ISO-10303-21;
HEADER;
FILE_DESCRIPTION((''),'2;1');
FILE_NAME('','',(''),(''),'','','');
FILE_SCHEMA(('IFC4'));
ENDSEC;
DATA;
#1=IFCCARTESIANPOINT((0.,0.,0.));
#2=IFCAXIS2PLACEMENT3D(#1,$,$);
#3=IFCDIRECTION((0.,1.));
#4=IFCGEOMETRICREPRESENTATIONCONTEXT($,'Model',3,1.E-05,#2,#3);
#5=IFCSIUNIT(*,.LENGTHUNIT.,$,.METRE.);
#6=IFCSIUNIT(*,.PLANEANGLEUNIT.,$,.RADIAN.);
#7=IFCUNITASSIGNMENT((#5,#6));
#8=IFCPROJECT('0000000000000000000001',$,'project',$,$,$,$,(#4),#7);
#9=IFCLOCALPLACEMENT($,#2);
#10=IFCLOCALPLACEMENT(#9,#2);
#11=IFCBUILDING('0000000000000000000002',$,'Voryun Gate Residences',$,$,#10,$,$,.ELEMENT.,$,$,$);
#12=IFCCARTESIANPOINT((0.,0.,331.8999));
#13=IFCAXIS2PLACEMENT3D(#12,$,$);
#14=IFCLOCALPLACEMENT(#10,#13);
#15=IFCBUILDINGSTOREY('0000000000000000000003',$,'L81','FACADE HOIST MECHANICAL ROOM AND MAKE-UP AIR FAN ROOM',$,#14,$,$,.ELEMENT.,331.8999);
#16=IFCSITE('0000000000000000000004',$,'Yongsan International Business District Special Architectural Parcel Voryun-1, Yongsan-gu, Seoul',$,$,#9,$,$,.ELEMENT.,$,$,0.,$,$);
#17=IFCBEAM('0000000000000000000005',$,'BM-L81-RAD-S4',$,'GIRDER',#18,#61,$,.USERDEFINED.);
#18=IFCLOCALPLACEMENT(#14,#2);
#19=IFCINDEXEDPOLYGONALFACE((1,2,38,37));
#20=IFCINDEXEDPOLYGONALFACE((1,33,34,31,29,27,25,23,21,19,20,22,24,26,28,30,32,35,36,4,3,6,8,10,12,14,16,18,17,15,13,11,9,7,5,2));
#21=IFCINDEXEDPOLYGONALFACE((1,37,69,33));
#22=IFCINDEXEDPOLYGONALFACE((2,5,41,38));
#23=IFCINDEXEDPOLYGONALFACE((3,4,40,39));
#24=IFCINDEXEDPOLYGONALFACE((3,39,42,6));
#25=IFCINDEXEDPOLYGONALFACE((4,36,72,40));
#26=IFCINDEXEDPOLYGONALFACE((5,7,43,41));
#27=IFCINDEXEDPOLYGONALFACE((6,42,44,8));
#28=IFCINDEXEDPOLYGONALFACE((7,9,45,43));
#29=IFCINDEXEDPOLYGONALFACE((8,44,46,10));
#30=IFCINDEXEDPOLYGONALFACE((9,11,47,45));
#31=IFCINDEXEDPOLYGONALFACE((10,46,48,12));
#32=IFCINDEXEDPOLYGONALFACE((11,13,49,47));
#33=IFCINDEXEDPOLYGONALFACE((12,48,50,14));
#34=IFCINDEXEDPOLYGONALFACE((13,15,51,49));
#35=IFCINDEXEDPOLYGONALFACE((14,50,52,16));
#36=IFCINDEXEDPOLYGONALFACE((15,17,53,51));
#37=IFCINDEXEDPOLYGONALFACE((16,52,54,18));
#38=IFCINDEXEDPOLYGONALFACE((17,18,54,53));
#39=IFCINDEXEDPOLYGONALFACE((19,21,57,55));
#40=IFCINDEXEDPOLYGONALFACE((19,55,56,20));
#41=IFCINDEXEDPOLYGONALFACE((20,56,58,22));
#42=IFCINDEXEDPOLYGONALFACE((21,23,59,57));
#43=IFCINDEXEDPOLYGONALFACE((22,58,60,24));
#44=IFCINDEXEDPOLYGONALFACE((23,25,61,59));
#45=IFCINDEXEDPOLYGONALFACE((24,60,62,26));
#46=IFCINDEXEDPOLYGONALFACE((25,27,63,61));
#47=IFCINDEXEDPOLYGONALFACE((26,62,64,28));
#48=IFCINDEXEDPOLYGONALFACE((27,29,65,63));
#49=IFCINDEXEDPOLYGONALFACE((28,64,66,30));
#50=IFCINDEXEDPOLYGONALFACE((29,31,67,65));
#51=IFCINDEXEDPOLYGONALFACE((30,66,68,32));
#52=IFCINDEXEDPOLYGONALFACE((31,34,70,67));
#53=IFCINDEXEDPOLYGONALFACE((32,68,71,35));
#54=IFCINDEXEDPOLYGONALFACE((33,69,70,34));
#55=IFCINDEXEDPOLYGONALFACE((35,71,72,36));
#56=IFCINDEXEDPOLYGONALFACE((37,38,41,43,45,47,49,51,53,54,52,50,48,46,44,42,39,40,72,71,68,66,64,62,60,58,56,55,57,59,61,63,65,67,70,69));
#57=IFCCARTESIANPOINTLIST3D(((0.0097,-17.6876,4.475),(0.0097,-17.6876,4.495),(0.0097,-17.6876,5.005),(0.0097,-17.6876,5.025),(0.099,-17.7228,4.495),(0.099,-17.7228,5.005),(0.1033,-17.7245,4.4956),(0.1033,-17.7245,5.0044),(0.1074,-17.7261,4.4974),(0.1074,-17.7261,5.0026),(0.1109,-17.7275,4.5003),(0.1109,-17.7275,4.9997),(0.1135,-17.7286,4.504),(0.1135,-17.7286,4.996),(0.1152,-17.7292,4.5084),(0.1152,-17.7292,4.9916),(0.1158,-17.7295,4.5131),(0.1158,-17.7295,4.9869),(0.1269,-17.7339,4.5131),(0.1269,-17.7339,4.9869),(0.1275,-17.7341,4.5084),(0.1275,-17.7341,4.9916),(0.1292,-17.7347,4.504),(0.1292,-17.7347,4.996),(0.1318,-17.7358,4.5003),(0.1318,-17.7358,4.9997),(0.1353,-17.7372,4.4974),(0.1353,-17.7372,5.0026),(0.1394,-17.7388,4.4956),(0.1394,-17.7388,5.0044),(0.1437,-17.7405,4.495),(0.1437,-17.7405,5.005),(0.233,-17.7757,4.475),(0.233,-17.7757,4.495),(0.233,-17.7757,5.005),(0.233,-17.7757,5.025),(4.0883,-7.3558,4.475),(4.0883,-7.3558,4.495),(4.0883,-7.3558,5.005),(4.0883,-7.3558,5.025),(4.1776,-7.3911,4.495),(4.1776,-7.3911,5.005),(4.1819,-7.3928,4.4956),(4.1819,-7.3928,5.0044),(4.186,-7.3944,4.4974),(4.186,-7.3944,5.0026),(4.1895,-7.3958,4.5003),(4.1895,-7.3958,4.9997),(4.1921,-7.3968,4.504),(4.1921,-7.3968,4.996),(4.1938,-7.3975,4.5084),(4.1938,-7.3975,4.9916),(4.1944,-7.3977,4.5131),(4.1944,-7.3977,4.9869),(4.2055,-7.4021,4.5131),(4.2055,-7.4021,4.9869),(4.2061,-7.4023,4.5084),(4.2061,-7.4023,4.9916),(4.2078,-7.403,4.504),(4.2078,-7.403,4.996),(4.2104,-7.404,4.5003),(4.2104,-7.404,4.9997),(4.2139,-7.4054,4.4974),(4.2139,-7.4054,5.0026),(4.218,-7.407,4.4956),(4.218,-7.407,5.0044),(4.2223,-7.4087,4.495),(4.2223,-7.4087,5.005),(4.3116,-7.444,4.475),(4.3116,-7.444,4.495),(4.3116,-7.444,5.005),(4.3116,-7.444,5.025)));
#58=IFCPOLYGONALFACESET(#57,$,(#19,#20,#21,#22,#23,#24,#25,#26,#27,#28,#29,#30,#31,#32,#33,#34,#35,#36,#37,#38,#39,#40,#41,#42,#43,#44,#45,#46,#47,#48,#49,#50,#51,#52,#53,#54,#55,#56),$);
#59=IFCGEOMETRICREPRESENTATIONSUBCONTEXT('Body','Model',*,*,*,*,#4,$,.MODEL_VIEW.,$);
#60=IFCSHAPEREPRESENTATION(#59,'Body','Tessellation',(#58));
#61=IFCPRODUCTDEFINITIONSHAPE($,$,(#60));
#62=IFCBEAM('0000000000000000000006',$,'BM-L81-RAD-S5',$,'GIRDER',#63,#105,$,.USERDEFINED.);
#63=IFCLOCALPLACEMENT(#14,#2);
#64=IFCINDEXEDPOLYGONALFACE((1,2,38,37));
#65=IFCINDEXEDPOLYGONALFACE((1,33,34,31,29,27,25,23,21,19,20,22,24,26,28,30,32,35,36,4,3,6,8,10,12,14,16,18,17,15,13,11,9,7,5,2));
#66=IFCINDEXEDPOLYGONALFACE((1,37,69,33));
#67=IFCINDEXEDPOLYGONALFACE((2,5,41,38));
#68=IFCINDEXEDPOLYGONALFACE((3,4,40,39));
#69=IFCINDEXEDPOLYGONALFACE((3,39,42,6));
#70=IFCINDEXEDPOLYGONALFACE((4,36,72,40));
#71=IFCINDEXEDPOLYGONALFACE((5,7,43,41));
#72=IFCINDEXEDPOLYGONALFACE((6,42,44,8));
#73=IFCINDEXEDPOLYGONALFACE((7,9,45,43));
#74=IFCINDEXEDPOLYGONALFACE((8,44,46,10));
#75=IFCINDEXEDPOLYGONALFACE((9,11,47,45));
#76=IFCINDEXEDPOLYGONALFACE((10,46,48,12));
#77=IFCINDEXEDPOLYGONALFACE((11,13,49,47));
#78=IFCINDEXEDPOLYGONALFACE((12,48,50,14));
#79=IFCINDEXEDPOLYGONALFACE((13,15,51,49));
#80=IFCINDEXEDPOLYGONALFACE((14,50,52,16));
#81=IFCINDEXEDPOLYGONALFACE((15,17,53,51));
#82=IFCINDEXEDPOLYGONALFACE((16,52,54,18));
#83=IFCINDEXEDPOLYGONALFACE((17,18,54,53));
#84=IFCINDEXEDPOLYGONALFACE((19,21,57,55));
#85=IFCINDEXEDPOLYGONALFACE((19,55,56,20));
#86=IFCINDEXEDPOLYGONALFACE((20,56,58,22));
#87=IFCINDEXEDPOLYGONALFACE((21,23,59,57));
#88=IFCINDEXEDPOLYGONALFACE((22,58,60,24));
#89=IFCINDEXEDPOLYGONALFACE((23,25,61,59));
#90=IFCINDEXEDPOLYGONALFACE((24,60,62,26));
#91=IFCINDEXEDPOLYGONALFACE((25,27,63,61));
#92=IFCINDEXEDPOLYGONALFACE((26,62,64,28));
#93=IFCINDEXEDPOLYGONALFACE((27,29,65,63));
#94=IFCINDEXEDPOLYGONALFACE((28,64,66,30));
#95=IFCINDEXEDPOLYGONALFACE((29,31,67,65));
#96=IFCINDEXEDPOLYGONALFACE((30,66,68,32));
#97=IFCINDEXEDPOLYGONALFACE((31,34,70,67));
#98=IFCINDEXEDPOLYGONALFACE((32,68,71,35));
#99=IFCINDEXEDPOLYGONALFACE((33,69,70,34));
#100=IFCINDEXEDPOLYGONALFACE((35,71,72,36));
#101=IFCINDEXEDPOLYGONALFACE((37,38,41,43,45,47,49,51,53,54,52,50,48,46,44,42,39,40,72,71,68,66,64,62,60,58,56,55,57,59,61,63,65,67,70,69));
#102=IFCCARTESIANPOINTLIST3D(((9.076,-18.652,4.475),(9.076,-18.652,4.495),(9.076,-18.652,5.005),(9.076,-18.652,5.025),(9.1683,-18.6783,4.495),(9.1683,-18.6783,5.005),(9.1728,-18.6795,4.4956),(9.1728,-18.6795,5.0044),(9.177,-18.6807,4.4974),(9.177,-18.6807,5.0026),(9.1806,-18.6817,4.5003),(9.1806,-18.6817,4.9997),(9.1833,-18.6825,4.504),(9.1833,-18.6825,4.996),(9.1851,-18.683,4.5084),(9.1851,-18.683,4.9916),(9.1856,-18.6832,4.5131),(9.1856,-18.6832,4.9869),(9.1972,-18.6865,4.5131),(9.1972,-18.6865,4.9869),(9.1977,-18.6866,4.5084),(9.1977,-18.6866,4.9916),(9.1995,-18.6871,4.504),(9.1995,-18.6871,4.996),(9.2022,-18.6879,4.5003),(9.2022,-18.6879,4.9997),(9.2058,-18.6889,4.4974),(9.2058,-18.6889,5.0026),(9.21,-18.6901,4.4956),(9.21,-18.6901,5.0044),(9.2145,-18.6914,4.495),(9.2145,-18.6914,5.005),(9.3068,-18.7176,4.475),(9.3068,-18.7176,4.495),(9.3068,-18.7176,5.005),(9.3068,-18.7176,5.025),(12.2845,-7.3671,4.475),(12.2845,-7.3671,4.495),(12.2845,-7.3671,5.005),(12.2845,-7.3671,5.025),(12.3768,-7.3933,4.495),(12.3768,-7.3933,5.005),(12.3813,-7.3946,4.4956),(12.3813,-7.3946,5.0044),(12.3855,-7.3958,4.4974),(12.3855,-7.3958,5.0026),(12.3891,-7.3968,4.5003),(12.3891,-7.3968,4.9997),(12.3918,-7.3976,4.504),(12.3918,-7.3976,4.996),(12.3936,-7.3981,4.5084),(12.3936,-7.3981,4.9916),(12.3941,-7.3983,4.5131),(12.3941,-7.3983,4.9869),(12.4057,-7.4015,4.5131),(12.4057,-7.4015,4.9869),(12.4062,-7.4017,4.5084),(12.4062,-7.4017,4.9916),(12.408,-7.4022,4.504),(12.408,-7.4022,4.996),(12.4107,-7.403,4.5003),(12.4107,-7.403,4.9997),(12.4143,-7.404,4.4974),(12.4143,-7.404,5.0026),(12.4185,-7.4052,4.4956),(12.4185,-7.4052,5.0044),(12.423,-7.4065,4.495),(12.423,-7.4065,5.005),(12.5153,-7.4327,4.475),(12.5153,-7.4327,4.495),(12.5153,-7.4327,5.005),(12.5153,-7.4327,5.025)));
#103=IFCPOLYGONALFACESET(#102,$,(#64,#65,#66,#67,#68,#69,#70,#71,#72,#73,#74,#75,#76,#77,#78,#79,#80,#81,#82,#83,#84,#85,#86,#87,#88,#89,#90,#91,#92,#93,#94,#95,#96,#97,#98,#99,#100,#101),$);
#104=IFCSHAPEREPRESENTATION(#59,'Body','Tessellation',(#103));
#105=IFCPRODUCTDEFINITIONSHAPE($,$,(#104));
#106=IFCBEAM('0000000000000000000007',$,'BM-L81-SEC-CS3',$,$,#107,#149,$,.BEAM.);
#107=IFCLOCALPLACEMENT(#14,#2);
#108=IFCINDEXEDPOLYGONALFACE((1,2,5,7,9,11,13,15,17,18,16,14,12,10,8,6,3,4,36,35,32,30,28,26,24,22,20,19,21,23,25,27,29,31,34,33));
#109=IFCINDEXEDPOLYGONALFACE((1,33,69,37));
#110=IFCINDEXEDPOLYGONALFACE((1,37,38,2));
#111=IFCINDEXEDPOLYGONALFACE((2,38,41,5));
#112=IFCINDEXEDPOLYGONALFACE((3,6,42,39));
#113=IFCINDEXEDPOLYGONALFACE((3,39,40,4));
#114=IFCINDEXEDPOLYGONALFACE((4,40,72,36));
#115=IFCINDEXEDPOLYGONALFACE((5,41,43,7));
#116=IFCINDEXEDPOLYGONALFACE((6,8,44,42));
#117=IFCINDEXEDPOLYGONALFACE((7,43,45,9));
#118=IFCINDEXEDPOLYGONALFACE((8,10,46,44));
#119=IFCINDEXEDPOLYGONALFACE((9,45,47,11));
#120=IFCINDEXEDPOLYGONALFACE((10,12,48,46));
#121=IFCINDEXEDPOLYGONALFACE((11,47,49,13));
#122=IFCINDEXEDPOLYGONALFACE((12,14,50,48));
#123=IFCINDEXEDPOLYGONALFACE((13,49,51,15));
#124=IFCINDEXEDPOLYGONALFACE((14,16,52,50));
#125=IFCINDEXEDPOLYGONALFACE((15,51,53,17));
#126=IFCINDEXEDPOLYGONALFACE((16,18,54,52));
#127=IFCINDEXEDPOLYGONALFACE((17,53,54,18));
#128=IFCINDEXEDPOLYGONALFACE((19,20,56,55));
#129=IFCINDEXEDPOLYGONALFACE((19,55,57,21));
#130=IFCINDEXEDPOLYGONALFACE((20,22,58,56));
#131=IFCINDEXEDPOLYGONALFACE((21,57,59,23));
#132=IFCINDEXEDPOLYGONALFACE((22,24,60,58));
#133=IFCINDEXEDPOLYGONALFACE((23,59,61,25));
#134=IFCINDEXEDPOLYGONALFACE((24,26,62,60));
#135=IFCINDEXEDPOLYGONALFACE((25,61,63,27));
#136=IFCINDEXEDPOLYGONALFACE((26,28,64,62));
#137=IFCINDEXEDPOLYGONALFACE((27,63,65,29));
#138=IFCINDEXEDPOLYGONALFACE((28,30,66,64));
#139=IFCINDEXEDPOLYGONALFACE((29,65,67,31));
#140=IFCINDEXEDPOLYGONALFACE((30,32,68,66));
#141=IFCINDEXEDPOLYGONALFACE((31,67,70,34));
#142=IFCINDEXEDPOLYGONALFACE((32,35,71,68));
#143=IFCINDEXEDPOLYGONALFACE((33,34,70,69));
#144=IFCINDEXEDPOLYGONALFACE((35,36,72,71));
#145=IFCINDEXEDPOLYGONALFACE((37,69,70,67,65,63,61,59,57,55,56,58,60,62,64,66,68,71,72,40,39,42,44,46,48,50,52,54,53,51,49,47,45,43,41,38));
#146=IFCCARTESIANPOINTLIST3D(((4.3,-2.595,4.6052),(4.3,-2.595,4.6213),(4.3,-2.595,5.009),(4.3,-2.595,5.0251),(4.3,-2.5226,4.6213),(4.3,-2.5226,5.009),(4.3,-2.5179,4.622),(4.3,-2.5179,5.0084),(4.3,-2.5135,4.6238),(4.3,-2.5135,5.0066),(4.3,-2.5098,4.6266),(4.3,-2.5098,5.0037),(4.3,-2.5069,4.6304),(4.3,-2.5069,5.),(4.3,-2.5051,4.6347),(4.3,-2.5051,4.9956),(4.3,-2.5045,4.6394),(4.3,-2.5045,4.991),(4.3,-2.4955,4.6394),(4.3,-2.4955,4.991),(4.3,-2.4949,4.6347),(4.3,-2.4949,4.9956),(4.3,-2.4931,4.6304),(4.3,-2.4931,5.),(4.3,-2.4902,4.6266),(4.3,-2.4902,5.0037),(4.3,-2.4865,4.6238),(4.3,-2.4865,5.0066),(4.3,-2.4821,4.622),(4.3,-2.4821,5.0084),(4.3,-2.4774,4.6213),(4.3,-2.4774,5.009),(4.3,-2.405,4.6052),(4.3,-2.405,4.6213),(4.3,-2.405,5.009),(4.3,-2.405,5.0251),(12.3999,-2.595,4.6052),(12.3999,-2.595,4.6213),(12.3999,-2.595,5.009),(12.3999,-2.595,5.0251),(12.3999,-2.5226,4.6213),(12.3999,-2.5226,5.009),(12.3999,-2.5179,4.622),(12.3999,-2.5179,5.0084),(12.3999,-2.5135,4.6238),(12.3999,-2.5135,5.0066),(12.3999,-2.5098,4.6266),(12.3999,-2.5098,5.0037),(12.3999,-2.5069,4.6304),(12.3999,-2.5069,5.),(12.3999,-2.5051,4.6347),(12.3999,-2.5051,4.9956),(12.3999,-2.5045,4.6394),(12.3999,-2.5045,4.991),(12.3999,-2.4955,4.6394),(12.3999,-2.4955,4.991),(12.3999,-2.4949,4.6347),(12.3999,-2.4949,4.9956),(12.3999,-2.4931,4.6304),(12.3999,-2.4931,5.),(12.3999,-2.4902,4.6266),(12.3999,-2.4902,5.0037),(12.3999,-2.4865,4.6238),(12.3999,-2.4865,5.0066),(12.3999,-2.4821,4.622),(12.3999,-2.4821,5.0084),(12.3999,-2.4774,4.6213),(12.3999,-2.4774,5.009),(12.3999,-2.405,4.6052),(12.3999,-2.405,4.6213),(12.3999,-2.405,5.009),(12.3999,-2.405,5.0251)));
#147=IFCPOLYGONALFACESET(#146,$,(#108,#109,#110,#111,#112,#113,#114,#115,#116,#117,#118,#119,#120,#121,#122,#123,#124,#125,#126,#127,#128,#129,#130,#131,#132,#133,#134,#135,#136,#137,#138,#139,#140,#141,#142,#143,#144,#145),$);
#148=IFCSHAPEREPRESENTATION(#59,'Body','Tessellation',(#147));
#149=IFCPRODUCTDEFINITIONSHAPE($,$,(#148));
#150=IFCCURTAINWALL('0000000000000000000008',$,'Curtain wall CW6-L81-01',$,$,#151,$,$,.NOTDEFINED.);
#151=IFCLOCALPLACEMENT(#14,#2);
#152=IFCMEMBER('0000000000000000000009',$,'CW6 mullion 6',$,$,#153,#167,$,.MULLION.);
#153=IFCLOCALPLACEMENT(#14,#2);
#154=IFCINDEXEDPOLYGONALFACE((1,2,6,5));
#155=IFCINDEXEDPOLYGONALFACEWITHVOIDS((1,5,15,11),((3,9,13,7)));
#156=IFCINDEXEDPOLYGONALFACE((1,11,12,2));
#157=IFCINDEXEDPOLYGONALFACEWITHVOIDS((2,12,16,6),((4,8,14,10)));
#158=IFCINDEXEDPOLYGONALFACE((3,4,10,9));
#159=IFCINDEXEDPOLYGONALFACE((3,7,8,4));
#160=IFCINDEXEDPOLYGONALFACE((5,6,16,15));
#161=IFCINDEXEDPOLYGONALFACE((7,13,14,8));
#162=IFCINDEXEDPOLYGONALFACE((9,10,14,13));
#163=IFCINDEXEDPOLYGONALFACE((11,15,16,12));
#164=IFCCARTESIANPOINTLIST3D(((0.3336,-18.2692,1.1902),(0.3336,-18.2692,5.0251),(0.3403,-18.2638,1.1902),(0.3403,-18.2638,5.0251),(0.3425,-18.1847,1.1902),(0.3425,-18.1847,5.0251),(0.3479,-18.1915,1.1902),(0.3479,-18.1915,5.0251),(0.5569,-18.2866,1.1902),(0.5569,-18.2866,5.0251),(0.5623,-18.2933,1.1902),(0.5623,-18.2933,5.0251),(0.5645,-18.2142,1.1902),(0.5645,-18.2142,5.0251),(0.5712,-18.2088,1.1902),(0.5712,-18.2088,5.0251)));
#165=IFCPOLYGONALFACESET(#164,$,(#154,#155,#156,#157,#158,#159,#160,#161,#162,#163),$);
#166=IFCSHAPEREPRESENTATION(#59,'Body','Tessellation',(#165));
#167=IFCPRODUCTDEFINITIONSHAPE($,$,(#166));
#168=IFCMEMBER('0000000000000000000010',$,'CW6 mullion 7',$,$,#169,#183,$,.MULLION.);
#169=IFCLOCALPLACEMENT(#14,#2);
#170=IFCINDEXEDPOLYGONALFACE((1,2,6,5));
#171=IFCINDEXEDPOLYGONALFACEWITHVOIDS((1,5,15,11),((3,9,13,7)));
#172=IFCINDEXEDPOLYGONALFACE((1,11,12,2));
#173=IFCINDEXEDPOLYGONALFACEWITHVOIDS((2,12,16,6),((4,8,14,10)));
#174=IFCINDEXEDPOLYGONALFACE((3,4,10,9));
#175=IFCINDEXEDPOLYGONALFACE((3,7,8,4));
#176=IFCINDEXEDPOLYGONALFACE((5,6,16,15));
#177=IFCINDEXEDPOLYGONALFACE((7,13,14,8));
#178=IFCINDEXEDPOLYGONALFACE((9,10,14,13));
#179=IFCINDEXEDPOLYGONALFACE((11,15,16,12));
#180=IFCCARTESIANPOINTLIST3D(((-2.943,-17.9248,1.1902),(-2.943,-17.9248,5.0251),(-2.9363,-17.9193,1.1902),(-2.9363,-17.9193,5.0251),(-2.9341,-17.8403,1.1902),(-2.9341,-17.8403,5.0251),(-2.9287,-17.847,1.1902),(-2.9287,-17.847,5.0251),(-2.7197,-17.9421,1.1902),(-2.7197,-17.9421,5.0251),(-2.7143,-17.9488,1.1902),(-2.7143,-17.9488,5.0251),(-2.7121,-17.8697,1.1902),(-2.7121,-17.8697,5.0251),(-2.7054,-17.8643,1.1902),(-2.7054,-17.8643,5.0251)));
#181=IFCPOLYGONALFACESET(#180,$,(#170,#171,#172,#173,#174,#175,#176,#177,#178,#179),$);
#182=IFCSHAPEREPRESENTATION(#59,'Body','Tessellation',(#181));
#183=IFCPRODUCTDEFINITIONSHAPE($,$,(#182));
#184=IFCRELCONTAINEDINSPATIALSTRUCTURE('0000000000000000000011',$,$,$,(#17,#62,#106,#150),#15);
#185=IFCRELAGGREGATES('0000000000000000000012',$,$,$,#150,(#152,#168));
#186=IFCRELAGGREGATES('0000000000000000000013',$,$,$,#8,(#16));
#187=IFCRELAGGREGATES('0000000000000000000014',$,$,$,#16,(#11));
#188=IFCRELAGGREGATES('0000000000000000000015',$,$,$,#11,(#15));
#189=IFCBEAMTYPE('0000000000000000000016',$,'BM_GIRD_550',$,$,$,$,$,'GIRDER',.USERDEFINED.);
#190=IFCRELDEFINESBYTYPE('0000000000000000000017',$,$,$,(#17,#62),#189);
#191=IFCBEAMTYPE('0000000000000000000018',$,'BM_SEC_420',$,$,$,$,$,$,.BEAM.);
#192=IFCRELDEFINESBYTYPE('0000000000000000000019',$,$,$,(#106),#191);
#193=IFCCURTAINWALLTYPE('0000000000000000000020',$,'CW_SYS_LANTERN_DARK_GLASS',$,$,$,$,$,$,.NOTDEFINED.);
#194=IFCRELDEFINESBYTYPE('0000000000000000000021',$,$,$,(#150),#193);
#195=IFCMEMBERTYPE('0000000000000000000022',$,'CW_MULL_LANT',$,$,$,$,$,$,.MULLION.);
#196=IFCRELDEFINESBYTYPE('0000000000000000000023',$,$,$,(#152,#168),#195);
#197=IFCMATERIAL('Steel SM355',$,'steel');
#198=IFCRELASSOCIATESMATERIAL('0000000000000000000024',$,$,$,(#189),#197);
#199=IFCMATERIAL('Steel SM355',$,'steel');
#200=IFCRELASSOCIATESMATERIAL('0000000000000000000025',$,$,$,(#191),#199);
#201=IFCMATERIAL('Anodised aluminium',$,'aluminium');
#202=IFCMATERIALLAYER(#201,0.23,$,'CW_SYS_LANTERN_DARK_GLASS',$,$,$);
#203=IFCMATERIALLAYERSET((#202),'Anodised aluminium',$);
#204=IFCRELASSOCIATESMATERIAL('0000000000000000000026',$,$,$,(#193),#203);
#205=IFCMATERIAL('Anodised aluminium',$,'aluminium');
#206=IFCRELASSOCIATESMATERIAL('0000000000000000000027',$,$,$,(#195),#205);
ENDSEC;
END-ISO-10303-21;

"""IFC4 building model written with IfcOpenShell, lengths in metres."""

from ifc_helpers import new_model, si_unit, direction, frame, origin, origin_2d, place, context, subcontext, project, spatial, hollow_rectangle, i_section, extrude, material, layer, layer_set, material_profile, profile_set, type_object, element, aggregate, save


model = new_model("IFC4")

# Units and contexts
model_context = context("Model", 3, precision=1e-05, world=origin(), true_north=direction((0.0, 1.0)))
body_context = subcontext(model_context, "Body", "Model", "MODEL_VIEW")
ifc_project = project(units=[si_unit("LENGTHUNIT", "METRE"), si_unit("PLANEANGLEUNIT", "RADIAN")], contexts=[model_context])

# Site, building, storey
site_placement = place(None, origin())
site = spatial("IfcSite", under=ifc_project, at=site_placement, Name="Yongsan International Business District Special Architectural Parcel Voryun-1, Yongsan-gu, Seoul", CompositionType="ELEMENT", RefElevation=0.0)
building_placement = place(site_placement, origin())
building = spatial("IfcBuilding", under=site, at=building_placement, Name="Voryun Gate Residences", CompositionType="ELEMENT")
storey_placement = place(building_placement, frame((0.0, 0.0, 331.8999)))
storey = spatial("IfcBuildingStorey", under=building, at=storey_placement, Name="L81", Description="FACADE HOIST MECHANICAL ROOM AND MAKE-UP AIR FAN ROOM", CompositionType="ELEMENT", Elevation=331.8999)

# Beams
ifc_material_1 = material(Name="Steel SM355", Category="steel")
ifc_material_profile_1 = material_profile(ifc_material_1, i_section(OverallWidth=0.24, OverallDepth=0.55, WebThickness=0.012, FlangeThickness=0.02, FilletRadius=0.0181, at=origin_2d()), Name="H-550x240x12x20")
ifc_profile_set_1 = profile_set([ifc_material_profile_1], Name="Steel SM355")
beam_type_1 = type_object("IfcBeamType", Name="BM_GIRD_550", ElementType="GIRDER", PredefinedType="USERDEFINED", material=ifc_profile_set_1)
beam_1_placement = place(storey_placement, frame((4.2, -7.3999, 4.75), z_axis=(-0.367188, -0.930147, 0.0), x_axis=(0.930147, -0.367188, 0.0)))
element("IfcBeam", 1, at=beam_1_placement, inside=storey, type_object=beam_type_1, Name="BM-L81-RAD-S4", ObjectType="GIRDER", PredefinedType="USERDEFINED", context=body_context, shape_type="SweptSolid", body=[
    extrude(i_section(OverallWidth=0.24, OverallDepth=0.55, WebThickness=0.012, FlangeThickness=0.02, FilletRadius=0.0181, at=origin_2d()), origin(), (0.0, 0.0, 1.0), 11.1077),
])
beam_2_placement = place(storey_placement, frame((12.3999, -7.3999, 4.75), z_axis=(-0.273479, -0.961878, 0.0), x_axis=(0.961878, -0.273479, 0.0)))
element("IfcBeam", 2, at=beam_2_placement, inside=storey, type_object=beam_type_1, Name="BM-L81-RAD-S5", ObjectType="GIRDER", PredefinedType="USERDEFINED", context=body_context, shape_type="SweptSolid", body=[
    extrude(i_section(OverallWidth=0.24, OverallDepth=0.55, WebThickness=0.012, FlangeThickness=0.02, FilletRadius=0.0181, at=origin_2d()), origin(), (0.0, 0.0, 1.0), 11.7322),
])
ifc_material_2 = material(Name="Steel SM355", Category="steel")
ifc_material_profile_2 = material_profile(ifc_material_2, i_section(OverallWidth=0.1899, OverallDepth=0.4199, WebThickness=0.009, FlangeThickness=0.0161, FilletRadius=0.0181, at=origin_2d()), Name="H-420x190x9x16")
ifc_profile_set_2 = profile_set([ifc_material_profile_2], Name="Steel SM355")
beam_type_2 = type_object("IfcBeamType", Name="BM_SEC_420", PredefinedType="BEAM", material=ifc_profile_set_2)
beam_3_placement = place(storey_placement, frame((4.3, -2.5, 4.8152), z_axis=(1.0, 0.0, 0.0), x_axis=(0.0, 1.0, 0.0)))
element("IfcBeam", 3, at=beam_3_placement, inside=storey, type_object=beam_type_2, Name="BM-L81-SEC-CS3", PredefinedType="BEAM", context=body_context, shape_type="SweptSolid", body=[
    extrude(i_section(OverallWidth=0.1899, OverallDepth=0.4199, WebThickness=0.009, FlangeThickness=0.0161, FilletRadius=0.0181, at=origin_2d()), origin(), (0.0, 0.0, 1.0), 8.0999),
])

# Curtain wall, members
ifc_material_3 = material(Name="Anodised aluminium", Category="aluminium")
ifc_layer_1 = layer(ifc_material_3, 0.23, Name="CW_SYS_LANTERN_DARK_GLASS")
ifc_layer_set_1 = layer_set([ifc_layer_1], Name="Anodised aluminium")
curtain_wall_type = type_object("IfcCurtainWallType", Name="CW_SYS_LANTERN_DARK_GLASS", PredefinedType="NOTDEFINED", material=ifc_layer_set_1)
curtain_wall_placement = place(storey_placement, origin())
curtain_wall = element("IfcCurtainWall", 4, at=curtain_wall_placement, inside=storey, type_object=curtain_wall_type, Name="Curtain wall CW6-L81-01", PredefinedType="NOTDEFINED")
ifc_material_4 = material(Name="Anodised aluminium", Category="aluminium")
ifc_material_profile_3 = material_profile(ifc_material_4, hollow_rectangle(XDim=0.085, YDim=0.23, WallThickness=0.0061, at=origin_2d()), Name="ALU-MULL-230x85x6")
ifc_profile_set_3 = profile_set([ifc_material_profile_3], Name="Anodised aluminium")
member_type_1 = type_object("IfcMemberType", Name="CW_MULL_LANT", PredefinedType="MULLION", material=ifc_profile_set_3)
member_1_placement = place(storey_placement, frame((0.4524, -18.239, 1.1902), z_axis=(0.0, 0.0, 1.0), x_axis=(-0.104528, -0.994522, 0.0)))
member_1 = element("IfcMember", 5, at=member_1_placement, type_object=member_type_1, Name="CW6 mullion 6", PredefinedType="MULLION", context=body_context, shape_type="SweptSolid", body=[
    extrude(hollow_rectangle(XDim=0.085, YDim=0.23, WallThickness=0.0061, at=origin_2d()), origin(), (0.0, 0.0, 1.0), 3.835),
])
member_2_placement = place(storey_placement, frame((-2.8242, -17.8945, 1.1902), z_axis=(0.0, 0.0, 1.0), x_axis=(-0.104528, -0.994522, 0.0)))
member_2 = element("IfcMember", 6, at=member_2_placement, type_object=member_type_1, Name="CW6 mullion 7", PredefinedType="MULLION", context=body_context, shape_type="SweptSolid", body=[
    extrude(hollow_rectangle(XDim=0.085, YDim=0.23, WallThickness=0.0061, at=origin_2d()), origin(), (0.0, 0.0, 1.0), 3.835),
])

aggregate(curtain_wall, [member_1, member_2])

save(model, "model.ifc")
